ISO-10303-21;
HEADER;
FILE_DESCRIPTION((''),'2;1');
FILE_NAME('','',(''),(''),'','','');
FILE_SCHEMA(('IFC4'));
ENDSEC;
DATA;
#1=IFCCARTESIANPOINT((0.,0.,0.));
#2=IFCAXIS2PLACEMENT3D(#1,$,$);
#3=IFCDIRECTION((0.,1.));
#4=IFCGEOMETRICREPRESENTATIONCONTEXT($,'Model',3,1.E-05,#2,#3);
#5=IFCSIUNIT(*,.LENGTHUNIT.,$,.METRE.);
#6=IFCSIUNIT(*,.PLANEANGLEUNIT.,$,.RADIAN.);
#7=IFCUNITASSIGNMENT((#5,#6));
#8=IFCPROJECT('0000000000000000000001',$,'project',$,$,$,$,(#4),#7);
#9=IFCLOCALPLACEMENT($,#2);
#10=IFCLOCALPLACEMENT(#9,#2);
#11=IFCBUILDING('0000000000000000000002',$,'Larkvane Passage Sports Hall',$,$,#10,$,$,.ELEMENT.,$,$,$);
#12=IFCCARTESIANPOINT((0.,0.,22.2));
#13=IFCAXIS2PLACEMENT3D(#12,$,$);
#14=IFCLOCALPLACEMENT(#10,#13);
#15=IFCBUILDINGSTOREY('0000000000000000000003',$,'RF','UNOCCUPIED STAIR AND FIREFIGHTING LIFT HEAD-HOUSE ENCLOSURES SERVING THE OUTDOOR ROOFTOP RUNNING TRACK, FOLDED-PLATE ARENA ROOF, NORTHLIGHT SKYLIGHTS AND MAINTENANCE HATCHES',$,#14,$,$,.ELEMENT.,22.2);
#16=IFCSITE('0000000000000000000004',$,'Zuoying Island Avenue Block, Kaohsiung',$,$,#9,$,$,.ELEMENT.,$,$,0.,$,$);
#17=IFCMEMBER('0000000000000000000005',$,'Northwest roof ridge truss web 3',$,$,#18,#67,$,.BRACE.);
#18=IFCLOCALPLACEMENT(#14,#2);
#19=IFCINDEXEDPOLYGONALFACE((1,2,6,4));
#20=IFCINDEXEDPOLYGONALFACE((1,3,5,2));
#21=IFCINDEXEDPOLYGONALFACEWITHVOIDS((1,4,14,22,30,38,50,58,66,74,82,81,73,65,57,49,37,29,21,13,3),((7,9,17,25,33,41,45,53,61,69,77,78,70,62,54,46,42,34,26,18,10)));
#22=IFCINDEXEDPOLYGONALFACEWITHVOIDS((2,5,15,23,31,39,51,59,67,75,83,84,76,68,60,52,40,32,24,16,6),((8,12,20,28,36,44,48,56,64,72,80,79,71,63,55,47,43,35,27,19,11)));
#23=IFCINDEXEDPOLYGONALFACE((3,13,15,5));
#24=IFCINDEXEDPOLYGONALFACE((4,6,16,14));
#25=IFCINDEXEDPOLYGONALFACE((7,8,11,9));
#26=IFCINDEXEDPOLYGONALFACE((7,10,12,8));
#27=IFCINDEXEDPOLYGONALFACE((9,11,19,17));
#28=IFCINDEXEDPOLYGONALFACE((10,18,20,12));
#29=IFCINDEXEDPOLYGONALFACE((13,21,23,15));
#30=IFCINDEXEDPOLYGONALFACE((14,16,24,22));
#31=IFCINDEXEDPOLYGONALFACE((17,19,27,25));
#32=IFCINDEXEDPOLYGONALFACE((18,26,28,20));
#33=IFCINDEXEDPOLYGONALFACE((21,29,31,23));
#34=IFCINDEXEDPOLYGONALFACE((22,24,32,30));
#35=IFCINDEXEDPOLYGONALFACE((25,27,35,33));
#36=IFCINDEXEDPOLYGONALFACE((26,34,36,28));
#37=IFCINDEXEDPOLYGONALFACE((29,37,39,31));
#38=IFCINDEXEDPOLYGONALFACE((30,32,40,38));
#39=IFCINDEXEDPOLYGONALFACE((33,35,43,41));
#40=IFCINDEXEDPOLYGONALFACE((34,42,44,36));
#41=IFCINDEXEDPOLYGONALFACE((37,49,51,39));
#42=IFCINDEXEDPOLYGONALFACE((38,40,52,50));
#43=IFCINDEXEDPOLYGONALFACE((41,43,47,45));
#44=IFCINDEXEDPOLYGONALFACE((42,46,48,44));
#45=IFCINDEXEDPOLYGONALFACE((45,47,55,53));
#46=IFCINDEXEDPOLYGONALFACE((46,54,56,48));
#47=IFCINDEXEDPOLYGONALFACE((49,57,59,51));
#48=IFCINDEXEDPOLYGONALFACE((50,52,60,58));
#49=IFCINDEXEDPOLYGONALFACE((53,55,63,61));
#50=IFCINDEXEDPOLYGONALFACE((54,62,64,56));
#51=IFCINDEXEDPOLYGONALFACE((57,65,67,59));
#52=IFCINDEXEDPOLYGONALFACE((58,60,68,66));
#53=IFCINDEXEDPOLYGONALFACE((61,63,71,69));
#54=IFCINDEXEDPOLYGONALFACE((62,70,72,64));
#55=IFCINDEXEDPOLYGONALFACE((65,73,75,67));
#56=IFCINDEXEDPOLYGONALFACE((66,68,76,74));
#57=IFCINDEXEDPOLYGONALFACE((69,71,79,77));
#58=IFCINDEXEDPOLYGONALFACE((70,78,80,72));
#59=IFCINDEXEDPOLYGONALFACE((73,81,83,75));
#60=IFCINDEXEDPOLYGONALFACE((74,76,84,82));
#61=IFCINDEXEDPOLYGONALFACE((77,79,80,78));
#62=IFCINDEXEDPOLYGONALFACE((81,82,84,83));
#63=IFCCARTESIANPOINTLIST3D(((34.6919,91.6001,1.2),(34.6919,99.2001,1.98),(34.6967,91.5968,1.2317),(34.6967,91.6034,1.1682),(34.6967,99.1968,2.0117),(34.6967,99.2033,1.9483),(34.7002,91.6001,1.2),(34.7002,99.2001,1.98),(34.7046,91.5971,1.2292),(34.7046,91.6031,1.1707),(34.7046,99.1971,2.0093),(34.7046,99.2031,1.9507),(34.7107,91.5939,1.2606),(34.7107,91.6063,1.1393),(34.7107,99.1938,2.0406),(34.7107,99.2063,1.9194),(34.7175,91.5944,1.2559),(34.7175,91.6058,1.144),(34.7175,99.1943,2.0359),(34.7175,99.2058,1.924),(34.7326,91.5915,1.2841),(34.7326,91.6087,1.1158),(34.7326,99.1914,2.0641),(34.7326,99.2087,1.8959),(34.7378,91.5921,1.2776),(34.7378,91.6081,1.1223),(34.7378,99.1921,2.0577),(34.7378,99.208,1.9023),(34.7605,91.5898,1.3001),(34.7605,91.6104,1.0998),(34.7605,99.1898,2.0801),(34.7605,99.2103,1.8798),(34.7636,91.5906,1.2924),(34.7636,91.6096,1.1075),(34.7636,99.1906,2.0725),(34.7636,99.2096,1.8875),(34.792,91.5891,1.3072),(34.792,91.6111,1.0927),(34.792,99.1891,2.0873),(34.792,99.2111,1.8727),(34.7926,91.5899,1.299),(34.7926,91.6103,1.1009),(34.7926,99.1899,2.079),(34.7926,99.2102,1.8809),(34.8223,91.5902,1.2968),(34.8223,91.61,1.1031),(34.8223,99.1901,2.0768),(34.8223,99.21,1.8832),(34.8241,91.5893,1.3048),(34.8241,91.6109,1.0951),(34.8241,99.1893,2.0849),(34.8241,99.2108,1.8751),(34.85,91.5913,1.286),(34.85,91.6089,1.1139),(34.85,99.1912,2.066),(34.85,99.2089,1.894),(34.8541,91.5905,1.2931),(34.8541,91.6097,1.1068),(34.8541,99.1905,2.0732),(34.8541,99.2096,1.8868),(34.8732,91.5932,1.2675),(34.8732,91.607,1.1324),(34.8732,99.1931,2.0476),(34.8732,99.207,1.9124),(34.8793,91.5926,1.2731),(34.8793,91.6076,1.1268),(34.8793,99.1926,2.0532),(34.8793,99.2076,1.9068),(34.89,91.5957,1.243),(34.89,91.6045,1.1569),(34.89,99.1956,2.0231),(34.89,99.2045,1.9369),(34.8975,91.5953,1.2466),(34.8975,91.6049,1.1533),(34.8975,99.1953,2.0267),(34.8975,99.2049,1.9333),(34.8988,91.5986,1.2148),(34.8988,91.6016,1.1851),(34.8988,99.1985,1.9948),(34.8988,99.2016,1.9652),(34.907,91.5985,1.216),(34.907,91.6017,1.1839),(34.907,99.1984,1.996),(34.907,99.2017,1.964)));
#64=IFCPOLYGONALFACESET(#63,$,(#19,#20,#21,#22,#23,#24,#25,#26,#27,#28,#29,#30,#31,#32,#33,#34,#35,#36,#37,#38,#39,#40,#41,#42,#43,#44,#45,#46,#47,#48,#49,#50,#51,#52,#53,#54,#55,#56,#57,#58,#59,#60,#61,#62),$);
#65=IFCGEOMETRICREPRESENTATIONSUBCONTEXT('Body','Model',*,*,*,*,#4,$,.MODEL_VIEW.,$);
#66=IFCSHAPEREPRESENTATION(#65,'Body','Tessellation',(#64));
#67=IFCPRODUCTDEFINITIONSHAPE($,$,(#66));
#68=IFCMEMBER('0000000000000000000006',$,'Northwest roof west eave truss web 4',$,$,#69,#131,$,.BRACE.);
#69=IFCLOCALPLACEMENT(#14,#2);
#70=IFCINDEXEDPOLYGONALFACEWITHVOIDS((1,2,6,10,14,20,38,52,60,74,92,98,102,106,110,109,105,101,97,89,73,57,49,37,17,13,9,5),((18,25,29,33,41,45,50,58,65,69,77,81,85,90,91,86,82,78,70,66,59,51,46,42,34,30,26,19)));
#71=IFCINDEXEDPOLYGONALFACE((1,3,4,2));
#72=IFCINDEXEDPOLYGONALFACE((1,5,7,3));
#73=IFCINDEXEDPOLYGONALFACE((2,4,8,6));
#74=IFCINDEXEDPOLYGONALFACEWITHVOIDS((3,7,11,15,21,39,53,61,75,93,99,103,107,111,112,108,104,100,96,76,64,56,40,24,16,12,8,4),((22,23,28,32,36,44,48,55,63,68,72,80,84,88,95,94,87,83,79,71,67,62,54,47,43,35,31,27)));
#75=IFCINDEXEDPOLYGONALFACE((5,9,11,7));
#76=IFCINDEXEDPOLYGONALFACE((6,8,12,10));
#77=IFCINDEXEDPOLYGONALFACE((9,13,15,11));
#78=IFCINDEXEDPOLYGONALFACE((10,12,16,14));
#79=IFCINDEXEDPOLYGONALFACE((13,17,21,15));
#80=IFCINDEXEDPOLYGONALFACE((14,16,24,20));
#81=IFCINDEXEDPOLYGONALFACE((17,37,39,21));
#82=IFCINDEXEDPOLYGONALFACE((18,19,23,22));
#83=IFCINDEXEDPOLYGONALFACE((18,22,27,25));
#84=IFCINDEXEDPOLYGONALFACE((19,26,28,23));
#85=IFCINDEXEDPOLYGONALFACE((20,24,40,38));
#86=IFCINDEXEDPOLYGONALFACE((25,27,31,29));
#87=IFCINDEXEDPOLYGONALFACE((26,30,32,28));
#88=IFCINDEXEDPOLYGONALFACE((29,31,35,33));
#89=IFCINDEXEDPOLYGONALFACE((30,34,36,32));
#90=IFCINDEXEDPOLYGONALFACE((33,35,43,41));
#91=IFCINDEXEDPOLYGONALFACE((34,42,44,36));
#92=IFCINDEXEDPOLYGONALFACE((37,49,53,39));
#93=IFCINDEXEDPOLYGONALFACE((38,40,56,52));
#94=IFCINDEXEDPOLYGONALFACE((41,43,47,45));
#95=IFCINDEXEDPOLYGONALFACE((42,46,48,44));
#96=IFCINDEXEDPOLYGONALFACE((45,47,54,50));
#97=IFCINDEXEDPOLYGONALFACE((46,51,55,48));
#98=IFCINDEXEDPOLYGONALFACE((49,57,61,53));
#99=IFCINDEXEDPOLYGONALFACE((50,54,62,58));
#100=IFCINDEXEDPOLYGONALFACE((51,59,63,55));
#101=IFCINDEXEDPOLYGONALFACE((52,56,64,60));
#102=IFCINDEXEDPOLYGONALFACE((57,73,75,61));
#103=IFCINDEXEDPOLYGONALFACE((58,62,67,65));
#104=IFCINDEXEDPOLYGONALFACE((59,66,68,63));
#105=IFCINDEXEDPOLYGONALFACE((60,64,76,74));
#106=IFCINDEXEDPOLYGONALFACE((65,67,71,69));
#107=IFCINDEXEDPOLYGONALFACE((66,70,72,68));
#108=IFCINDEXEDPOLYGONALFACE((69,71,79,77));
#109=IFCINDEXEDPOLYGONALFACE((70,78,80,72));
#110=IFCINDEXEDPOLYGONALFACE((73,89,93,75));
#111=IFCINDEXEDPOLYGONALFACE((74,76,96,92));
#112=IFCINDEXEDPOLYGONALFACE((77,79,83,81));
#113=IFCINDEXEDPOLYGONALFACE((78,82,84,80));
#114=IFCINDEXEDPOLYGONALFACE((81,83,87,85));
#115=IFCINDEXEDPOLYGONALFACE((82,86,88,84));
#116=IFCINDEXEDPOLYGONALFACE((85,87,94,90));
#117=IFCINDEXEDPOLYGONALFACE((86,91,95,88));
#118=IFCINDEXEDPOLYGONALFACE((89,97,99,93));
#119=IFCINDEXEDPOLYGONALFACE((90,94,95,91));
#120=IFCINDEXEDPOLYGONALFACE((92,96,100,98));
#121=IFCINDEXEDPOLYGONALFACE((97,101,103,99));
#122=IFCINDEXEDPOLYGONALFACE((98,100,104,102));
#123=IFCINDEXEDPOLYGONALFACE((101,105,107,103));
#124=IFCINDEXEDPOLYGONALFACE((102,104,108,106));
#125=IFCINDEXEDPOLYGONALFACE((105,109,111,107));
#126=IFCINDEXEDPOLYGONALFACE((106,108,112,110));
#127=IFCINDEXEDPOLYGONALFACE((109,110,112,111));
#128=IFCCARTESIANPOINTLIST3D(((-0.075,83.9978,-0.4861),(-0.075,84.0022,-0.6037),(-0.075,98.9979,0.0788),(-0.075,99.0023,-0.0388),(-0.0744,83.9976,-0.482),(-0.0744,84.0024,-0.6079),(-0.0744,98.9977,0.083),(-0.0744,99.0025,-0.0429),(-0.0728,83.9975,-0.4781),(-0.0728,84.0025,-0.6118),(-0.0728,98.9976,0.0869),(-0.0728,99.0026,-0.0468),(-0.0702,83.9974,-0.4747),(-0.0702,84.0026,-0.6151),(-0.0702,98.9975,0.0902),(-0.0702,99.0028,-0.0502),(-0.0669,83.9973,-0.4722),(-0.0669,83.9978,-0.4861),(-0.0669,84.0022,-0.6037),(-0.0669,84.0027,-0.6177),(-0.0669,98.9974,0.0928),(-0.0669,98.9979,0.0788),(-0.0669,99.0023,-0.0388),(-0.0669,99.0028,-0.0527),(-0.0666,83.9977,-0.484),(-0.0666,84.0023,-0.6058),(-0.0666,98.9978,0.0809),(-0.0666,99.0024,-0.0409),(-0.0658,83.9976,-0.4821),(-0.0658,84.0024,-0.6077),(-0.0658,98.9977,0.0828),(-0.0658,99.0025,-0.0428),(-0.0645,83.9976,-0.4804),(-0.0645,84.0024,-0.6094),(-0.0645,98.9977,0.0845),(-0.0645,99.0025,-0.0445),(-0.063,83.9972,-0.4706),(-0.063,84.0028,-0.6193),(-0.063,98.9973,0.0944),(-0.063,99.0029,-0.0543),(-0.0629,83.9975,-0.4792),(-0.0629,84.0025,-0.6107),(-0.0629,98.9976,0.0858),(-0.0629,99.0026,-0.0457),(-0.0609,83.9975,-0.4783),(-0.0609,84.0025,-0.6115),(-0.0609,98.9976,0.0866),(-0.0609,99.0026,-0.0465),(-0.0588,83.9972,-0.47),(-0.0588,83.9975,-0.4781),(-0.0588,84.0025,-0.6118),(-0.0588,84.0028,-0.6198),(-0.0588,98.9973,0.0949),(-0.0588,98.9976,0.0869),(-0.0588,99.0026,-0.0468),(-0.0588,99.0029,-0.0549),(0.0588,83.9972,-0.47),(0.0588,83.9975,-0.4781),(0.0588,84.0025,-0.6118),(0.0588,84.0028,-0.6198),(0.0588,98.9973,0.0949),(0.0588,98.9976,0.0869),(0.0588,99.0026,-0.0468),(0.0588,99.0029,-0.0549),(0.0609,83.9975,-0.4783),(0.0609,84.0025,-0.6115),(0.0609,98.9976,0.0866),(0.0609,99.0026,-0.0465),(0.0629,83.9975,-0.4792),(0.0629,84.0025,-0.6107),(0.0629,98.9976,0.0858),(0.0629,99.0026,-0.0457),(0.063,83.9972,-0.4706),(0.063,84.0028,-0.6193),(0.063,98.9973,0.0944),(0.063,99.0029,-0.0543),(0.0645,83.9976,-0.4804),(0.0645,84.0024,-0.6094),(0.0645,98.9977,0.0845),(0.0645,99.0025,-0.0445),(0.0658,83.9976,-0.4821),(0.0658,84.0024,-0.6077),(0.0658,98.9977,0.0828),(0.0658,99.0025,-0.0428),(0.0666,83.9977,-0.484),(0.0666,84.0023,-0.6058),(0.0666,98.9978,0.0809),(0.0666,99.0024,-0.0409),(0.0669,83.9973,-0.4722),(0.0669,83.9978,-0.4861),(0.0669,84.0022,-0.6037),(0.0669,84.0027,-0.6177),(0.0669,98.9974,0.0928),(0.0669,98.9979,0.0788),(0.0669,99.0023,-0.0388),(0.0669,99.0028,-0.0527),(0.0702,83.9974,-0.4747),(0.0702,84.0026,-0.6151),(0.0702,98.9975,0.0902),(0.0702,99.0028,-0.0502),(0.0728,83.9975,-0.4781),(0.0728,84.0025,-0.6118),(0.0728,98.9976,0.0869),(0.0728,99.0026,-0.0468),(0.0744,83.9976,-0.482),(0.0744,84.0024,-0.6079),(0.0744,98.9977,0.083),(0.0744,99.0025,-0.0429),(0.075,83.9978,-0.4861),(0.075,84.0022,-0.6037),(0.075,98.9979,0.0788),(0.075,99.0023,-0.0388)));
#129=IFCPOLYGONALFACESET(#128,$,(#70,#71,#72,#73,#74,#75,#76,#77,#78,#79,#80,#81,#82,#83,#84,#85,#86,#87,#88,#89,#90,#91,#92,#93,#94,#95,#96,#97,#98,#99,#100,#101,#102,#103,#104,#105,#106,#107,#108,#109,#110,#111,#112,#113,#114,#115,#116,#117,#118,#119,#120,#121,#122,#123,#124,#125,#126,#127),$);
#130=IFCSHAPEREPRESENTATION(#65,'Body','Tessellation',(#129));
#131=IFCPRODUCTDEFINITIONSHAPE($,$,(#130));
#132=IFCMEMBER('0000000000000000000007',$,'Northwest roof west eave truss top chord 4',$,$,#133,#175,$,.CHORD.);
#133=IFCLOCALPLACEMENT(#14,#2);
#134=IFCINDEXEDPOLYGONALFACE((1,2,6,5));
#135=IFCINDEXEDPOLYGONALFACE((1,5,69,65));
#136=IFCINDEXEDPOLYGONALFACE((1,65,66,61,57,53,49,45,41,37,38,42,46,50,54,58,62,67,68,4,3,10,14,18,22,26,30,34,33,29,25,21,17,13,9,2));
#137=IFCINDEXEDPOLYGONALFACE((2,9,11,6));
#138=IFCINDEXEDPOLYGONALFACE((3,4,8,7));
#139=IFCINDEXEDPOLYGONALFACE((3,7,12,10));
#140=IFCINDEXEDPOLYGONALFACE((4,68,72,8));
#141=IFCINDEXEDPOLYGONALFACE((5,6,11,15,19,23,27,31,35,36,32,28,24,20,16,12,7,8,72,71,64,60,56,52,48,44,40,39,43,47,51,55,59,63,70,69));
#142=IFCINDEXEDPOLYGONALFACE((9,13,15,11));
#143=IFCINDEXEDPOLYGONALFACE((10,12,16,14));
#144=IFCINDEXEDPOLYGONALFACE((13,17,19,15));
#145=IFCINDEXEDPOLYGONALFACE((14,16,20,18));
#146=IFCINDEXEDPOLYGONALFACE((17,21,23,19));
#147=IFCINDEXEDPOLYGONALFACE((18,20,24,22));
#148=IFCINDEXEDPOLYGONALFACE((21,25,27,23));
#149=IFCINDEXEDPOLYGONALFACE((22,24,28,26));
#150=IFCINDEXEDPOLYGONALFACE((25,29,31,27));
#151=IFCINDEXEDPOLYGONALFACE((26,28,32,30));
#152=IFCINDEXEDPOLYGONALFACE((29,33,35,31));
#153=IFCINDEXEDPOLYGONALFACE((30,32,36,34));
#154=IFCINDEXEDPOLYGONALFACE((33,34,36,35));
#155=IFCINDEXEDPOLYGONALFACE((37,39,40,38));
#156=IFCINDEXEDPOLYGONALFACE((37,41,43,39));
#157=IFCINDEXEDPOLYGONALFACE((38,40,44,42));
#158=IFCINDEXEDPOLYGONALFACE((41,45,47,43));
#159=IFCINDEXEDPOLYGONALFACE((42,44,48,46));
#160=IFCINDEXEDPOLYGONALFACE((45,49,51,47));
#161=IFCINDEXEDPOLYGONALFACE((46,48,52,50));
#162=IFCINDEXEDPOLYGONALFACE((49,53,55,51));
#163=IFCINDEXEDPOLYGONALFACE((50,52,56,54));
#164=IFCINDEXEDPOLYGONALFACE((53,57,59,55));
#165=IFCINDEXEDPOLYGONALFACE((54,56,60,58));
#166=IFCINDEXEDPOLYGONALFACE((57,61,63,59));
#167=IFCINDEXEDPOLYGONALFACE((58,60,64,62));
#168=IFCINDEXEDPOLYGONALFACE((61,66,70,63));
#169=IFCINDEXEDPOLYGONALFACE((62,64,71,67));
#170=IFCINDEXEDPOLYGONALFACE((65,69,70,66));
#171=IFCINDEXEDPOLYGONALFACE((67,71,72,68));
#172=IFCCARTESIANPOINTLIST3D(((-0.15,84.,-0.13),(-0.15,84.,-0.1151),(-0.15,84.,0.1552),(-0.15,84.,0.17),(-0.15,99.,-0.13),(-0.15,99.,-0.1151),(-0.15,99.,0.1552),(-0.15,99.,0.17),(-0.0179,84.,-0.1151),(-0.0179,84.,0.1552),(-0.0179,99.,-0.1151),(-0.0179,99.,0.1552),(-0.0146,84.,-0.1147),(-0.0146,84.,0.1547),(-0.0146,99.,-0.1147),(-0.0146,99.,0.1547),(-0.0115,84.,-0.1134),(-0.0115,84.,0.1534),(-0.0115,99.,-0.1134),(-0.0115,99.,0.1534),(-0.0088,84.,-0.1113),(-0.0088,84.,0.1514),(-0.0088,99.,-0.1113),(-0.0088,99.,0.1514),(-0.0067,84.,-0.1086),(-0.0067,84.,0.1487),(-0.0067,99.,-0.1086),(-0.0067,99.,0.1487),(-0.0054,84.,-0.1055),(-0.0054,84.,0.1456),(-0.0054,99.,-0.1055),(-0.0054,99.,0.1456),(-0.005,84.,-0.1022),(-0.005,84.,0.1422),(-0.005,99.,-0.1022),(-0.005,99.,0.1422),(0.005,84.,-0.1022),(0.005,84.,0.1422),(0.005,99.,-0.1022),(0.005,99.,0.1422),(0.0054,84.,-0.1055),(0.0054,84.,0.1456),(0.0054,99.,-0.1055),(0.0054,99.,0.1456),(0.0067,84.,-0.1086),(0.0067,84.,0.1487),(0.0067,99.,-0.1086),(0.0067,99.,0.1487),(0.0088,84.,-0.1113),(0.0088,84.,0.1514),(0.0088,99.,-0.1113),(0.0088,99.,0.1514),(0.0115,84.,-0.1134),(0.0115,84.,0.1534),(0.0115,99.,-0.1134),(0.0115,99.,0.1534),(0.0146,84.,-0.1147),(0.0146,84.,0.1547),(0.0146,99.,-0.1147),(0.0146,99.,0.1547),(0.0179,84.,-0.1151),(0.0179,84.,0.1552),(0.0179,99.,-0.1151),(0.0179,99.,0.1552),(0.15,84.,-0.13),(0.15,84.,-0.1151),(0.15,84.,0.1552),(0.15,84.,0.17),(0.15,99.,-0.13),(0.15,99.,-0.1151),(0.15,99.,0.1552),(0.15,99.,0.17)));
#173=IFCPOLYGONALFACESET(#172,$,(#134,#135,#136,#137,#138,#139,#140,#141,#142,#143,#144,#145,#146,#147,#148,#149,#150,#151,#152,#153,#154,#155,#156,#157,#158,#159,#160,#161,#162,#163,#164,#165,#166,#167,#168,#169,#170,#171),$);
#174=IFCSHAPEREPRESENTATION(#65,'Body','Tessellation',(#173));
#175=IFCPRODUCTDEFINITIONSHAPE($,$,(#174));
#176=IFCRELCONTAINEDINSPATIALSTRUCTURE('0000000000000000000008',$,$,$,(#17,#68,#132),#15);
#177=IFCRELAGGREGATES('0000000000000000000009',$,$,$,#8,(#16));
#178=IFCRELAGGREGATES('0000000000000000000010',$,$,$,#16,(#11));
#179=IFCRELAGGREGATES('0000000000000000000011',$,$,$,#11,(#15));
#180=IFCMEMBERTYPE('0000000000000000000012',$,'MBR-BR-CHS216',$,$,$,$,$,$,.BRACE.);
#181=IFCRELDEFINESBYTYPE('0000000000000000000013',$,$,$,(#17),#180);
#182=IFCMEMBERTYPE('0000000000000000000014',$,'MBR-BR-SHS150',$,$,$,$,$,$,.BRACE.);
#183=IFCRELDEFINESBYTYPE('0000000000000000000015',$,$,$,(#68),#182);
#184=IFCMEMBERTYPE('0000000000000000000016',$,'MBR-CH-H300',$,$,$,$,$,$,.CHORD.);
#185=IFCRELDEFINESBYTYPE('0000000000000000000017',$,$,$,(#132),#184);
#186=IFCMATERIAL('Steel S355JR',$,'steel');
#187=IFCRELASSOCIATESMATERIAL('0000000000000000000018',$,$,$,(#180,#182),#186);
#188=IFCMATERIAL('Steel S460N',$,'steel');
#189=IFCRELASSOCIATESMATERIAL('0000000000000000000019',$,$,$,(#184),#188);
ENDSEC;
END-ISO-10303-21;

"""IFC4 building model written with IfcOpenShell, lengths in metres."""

from ifc_helpers import new_model, si_unit, direction, frame, origin, origin_2d, place, context, subcontext, project, spatial, hollow_rectangle, hollow_circle, i_section, extrude, material, material_profile, profile_set, type_object, element, save


model = new_model("IFC4")

# Units and contexts
model_context = context("Model", 3, precision=1e-05, world=origin(), true_north=direction((0.0, 1.0)))
body_context = subcontext(model_context, "Body", "Model", "MODEL_VIEW")
ifc_project = project(units=[si_unit("LENGTHUNIT", "METRE"), si_unit("PLANEANGLEUNIT", "RADIAN")], contexts=[model_context])

# Site, building, storey
site_placement = place(None, origin())
site = spatial("IfcSite", under=ifc_project, at=site_placement, Name="Zuoying Island Avenue Block, Kaohsiung", CompositionType="ELEMENT", RefElevation=0.0)
building_placement = place(site_placement, origin())
building = spatial("IfcBuilding", under=site, at=building_placement, Name="Larkvane Passage Sports Hall", CompositionType="ELEMENT")
storey_placement = place(building_placement, frame((0.0, 0.0, 22.2)))
storey = spatial("IfcBuildingStorey", under=building, at=storey_placement, Name="RF", Description="UNOCCUPIED STAIR AND FIREFIGHTING LIFT HEAD-HOUSE ENCLOSURES SERVING THE OUTDOOR ROOFTOP RUNNING TRACK, FOLDED-PLATE ARENA ROOF, NORTHLIGHT SKYLIGHTS AND MAINTENANCE HATCHES", CompositionType="ELEMENT", Elevation=22.2)

# Shared definitions
ifc_material_1 = material(Name="Steel S355JR", Category="steel")

# Shared definitions
ifc_material_2 = material(Name="Steel S460N", Category="steel")

# Members
ifc_material_profile_1 = material_profile(ifc_material_1, hollow_circle(Radius=0.1082, WallThickness=0.0083, at=origin_2d()), Name="CHS-216.3x8.2")
ifc_profile_set_1 = profile_set([ifc_material_profile_1], Name="Steel S355JR")
member_type_1 = type_object("IfcMemberType", Name="MBR-BR-CHS216", PredefinedType="BRACE", material=ifc_profile_set_1)
member_1_placement = place(storey_placement, frame((34.8, 91.6001, 1.2), z_axis=(0.0, 0.994774, 0.102101), x_axis=(-1.0, 0.0, 0.0)))
element("IfcMember", 1, at=member_1_placement, inside=storey, type_object=member_type_1, Name="Northwest roof ridge truss web 3", PredefinedType="BRACE", context=body_context, shape_type="SweptSolid", body=[
    extrude(hollow_circle(Radius=0.1082, WallThickness=0.0083, at=origin_2d()), origin(), (0.0, 0.0, 1.0), 7.6399),
])
ifc_material_profile_2 = material_profile(ifc_material_1, hollow_rectangle(XDim=0.1499, YDim=0.1499, WallThickness=0.0081, InnerFilletRadius=0.0081, OuterFilletRadius=0.0161, at=origin_2d()), Name="SHS-150x150x8")
ifc_profile_set_2 = profile_set([ifc_material_profile_2], Name="Steel S355JR")
member_type_2 = type_object("IfcMemberType", Name="MBR-BR-SHS150", PredefinedType="BRACE", material=ifc_profile_set_2)
member_2_placement = place(storey_placement, frame((0.0, 84.0, -0.5449), z_axis=(0.0, 0.999292, 0.037636), x_axis=(-1.0, 0.0, 0.0)))
element("IfcMember", 2, at=member_2_placement, inside=storey, type_object=member_type_2, Name="Northwest roof west eave truss web 4", PredefinedType="BRACE", context=body_context, shape_type="SweptSolid", body=[
    extrude(hollow_rectangle(XDim=0.1499, YDim=0.1499, WallThickness=0.0081, InnerFilletRadius=0.0081, OuterFilletRadius=0.0161, at=origin_2d()), origin(), (0.0, 0.0, 1.0), 15.0107),
])
ifc_material_profile_3 = material_profile(ifc_material_2, i_section(OverallWidth=0.3, OverallDepth=0.3, WebThickness=0.01, FlangeThickness=0.0149, FilletRadius=0.0129, at=origin_2d()), Name="H-300x300x10x15")
ifc_profile_set_3 = profile_set([ifc_material_profile_3], Name="Steel S460N")
member_type_3 = type_object("IfcMemberType", Name="MBR-CH-H300", PredefinedType="CHORD", material=ifc_profile_set_3)
member_3_placement = place(storey_placement, frame((0.0, 84.0, 0.02), z_axis=(0.0, 1.0, 0.0), x_axis=(-1.0, 0.0, 0.0)))
element("IfcMember", 3, at=member_3_placement, inside=storey, type_object=member_type_3, Name="Northwest roof west eave truss top chord 4", PredefinedType="CHORD", context=body_context, shape_type="SweptSolid", body=[
    extrude(i_section(OverallWidth=0.3, OverallDepth=0.3, WebThickness=0.01, FlangeThickness=0.0149, FilletRadius=0.0129, at=origin_2d()), origin(), (0.0, 0.0, 1.0), 15.0),
])

save(model, "model.ifc")
